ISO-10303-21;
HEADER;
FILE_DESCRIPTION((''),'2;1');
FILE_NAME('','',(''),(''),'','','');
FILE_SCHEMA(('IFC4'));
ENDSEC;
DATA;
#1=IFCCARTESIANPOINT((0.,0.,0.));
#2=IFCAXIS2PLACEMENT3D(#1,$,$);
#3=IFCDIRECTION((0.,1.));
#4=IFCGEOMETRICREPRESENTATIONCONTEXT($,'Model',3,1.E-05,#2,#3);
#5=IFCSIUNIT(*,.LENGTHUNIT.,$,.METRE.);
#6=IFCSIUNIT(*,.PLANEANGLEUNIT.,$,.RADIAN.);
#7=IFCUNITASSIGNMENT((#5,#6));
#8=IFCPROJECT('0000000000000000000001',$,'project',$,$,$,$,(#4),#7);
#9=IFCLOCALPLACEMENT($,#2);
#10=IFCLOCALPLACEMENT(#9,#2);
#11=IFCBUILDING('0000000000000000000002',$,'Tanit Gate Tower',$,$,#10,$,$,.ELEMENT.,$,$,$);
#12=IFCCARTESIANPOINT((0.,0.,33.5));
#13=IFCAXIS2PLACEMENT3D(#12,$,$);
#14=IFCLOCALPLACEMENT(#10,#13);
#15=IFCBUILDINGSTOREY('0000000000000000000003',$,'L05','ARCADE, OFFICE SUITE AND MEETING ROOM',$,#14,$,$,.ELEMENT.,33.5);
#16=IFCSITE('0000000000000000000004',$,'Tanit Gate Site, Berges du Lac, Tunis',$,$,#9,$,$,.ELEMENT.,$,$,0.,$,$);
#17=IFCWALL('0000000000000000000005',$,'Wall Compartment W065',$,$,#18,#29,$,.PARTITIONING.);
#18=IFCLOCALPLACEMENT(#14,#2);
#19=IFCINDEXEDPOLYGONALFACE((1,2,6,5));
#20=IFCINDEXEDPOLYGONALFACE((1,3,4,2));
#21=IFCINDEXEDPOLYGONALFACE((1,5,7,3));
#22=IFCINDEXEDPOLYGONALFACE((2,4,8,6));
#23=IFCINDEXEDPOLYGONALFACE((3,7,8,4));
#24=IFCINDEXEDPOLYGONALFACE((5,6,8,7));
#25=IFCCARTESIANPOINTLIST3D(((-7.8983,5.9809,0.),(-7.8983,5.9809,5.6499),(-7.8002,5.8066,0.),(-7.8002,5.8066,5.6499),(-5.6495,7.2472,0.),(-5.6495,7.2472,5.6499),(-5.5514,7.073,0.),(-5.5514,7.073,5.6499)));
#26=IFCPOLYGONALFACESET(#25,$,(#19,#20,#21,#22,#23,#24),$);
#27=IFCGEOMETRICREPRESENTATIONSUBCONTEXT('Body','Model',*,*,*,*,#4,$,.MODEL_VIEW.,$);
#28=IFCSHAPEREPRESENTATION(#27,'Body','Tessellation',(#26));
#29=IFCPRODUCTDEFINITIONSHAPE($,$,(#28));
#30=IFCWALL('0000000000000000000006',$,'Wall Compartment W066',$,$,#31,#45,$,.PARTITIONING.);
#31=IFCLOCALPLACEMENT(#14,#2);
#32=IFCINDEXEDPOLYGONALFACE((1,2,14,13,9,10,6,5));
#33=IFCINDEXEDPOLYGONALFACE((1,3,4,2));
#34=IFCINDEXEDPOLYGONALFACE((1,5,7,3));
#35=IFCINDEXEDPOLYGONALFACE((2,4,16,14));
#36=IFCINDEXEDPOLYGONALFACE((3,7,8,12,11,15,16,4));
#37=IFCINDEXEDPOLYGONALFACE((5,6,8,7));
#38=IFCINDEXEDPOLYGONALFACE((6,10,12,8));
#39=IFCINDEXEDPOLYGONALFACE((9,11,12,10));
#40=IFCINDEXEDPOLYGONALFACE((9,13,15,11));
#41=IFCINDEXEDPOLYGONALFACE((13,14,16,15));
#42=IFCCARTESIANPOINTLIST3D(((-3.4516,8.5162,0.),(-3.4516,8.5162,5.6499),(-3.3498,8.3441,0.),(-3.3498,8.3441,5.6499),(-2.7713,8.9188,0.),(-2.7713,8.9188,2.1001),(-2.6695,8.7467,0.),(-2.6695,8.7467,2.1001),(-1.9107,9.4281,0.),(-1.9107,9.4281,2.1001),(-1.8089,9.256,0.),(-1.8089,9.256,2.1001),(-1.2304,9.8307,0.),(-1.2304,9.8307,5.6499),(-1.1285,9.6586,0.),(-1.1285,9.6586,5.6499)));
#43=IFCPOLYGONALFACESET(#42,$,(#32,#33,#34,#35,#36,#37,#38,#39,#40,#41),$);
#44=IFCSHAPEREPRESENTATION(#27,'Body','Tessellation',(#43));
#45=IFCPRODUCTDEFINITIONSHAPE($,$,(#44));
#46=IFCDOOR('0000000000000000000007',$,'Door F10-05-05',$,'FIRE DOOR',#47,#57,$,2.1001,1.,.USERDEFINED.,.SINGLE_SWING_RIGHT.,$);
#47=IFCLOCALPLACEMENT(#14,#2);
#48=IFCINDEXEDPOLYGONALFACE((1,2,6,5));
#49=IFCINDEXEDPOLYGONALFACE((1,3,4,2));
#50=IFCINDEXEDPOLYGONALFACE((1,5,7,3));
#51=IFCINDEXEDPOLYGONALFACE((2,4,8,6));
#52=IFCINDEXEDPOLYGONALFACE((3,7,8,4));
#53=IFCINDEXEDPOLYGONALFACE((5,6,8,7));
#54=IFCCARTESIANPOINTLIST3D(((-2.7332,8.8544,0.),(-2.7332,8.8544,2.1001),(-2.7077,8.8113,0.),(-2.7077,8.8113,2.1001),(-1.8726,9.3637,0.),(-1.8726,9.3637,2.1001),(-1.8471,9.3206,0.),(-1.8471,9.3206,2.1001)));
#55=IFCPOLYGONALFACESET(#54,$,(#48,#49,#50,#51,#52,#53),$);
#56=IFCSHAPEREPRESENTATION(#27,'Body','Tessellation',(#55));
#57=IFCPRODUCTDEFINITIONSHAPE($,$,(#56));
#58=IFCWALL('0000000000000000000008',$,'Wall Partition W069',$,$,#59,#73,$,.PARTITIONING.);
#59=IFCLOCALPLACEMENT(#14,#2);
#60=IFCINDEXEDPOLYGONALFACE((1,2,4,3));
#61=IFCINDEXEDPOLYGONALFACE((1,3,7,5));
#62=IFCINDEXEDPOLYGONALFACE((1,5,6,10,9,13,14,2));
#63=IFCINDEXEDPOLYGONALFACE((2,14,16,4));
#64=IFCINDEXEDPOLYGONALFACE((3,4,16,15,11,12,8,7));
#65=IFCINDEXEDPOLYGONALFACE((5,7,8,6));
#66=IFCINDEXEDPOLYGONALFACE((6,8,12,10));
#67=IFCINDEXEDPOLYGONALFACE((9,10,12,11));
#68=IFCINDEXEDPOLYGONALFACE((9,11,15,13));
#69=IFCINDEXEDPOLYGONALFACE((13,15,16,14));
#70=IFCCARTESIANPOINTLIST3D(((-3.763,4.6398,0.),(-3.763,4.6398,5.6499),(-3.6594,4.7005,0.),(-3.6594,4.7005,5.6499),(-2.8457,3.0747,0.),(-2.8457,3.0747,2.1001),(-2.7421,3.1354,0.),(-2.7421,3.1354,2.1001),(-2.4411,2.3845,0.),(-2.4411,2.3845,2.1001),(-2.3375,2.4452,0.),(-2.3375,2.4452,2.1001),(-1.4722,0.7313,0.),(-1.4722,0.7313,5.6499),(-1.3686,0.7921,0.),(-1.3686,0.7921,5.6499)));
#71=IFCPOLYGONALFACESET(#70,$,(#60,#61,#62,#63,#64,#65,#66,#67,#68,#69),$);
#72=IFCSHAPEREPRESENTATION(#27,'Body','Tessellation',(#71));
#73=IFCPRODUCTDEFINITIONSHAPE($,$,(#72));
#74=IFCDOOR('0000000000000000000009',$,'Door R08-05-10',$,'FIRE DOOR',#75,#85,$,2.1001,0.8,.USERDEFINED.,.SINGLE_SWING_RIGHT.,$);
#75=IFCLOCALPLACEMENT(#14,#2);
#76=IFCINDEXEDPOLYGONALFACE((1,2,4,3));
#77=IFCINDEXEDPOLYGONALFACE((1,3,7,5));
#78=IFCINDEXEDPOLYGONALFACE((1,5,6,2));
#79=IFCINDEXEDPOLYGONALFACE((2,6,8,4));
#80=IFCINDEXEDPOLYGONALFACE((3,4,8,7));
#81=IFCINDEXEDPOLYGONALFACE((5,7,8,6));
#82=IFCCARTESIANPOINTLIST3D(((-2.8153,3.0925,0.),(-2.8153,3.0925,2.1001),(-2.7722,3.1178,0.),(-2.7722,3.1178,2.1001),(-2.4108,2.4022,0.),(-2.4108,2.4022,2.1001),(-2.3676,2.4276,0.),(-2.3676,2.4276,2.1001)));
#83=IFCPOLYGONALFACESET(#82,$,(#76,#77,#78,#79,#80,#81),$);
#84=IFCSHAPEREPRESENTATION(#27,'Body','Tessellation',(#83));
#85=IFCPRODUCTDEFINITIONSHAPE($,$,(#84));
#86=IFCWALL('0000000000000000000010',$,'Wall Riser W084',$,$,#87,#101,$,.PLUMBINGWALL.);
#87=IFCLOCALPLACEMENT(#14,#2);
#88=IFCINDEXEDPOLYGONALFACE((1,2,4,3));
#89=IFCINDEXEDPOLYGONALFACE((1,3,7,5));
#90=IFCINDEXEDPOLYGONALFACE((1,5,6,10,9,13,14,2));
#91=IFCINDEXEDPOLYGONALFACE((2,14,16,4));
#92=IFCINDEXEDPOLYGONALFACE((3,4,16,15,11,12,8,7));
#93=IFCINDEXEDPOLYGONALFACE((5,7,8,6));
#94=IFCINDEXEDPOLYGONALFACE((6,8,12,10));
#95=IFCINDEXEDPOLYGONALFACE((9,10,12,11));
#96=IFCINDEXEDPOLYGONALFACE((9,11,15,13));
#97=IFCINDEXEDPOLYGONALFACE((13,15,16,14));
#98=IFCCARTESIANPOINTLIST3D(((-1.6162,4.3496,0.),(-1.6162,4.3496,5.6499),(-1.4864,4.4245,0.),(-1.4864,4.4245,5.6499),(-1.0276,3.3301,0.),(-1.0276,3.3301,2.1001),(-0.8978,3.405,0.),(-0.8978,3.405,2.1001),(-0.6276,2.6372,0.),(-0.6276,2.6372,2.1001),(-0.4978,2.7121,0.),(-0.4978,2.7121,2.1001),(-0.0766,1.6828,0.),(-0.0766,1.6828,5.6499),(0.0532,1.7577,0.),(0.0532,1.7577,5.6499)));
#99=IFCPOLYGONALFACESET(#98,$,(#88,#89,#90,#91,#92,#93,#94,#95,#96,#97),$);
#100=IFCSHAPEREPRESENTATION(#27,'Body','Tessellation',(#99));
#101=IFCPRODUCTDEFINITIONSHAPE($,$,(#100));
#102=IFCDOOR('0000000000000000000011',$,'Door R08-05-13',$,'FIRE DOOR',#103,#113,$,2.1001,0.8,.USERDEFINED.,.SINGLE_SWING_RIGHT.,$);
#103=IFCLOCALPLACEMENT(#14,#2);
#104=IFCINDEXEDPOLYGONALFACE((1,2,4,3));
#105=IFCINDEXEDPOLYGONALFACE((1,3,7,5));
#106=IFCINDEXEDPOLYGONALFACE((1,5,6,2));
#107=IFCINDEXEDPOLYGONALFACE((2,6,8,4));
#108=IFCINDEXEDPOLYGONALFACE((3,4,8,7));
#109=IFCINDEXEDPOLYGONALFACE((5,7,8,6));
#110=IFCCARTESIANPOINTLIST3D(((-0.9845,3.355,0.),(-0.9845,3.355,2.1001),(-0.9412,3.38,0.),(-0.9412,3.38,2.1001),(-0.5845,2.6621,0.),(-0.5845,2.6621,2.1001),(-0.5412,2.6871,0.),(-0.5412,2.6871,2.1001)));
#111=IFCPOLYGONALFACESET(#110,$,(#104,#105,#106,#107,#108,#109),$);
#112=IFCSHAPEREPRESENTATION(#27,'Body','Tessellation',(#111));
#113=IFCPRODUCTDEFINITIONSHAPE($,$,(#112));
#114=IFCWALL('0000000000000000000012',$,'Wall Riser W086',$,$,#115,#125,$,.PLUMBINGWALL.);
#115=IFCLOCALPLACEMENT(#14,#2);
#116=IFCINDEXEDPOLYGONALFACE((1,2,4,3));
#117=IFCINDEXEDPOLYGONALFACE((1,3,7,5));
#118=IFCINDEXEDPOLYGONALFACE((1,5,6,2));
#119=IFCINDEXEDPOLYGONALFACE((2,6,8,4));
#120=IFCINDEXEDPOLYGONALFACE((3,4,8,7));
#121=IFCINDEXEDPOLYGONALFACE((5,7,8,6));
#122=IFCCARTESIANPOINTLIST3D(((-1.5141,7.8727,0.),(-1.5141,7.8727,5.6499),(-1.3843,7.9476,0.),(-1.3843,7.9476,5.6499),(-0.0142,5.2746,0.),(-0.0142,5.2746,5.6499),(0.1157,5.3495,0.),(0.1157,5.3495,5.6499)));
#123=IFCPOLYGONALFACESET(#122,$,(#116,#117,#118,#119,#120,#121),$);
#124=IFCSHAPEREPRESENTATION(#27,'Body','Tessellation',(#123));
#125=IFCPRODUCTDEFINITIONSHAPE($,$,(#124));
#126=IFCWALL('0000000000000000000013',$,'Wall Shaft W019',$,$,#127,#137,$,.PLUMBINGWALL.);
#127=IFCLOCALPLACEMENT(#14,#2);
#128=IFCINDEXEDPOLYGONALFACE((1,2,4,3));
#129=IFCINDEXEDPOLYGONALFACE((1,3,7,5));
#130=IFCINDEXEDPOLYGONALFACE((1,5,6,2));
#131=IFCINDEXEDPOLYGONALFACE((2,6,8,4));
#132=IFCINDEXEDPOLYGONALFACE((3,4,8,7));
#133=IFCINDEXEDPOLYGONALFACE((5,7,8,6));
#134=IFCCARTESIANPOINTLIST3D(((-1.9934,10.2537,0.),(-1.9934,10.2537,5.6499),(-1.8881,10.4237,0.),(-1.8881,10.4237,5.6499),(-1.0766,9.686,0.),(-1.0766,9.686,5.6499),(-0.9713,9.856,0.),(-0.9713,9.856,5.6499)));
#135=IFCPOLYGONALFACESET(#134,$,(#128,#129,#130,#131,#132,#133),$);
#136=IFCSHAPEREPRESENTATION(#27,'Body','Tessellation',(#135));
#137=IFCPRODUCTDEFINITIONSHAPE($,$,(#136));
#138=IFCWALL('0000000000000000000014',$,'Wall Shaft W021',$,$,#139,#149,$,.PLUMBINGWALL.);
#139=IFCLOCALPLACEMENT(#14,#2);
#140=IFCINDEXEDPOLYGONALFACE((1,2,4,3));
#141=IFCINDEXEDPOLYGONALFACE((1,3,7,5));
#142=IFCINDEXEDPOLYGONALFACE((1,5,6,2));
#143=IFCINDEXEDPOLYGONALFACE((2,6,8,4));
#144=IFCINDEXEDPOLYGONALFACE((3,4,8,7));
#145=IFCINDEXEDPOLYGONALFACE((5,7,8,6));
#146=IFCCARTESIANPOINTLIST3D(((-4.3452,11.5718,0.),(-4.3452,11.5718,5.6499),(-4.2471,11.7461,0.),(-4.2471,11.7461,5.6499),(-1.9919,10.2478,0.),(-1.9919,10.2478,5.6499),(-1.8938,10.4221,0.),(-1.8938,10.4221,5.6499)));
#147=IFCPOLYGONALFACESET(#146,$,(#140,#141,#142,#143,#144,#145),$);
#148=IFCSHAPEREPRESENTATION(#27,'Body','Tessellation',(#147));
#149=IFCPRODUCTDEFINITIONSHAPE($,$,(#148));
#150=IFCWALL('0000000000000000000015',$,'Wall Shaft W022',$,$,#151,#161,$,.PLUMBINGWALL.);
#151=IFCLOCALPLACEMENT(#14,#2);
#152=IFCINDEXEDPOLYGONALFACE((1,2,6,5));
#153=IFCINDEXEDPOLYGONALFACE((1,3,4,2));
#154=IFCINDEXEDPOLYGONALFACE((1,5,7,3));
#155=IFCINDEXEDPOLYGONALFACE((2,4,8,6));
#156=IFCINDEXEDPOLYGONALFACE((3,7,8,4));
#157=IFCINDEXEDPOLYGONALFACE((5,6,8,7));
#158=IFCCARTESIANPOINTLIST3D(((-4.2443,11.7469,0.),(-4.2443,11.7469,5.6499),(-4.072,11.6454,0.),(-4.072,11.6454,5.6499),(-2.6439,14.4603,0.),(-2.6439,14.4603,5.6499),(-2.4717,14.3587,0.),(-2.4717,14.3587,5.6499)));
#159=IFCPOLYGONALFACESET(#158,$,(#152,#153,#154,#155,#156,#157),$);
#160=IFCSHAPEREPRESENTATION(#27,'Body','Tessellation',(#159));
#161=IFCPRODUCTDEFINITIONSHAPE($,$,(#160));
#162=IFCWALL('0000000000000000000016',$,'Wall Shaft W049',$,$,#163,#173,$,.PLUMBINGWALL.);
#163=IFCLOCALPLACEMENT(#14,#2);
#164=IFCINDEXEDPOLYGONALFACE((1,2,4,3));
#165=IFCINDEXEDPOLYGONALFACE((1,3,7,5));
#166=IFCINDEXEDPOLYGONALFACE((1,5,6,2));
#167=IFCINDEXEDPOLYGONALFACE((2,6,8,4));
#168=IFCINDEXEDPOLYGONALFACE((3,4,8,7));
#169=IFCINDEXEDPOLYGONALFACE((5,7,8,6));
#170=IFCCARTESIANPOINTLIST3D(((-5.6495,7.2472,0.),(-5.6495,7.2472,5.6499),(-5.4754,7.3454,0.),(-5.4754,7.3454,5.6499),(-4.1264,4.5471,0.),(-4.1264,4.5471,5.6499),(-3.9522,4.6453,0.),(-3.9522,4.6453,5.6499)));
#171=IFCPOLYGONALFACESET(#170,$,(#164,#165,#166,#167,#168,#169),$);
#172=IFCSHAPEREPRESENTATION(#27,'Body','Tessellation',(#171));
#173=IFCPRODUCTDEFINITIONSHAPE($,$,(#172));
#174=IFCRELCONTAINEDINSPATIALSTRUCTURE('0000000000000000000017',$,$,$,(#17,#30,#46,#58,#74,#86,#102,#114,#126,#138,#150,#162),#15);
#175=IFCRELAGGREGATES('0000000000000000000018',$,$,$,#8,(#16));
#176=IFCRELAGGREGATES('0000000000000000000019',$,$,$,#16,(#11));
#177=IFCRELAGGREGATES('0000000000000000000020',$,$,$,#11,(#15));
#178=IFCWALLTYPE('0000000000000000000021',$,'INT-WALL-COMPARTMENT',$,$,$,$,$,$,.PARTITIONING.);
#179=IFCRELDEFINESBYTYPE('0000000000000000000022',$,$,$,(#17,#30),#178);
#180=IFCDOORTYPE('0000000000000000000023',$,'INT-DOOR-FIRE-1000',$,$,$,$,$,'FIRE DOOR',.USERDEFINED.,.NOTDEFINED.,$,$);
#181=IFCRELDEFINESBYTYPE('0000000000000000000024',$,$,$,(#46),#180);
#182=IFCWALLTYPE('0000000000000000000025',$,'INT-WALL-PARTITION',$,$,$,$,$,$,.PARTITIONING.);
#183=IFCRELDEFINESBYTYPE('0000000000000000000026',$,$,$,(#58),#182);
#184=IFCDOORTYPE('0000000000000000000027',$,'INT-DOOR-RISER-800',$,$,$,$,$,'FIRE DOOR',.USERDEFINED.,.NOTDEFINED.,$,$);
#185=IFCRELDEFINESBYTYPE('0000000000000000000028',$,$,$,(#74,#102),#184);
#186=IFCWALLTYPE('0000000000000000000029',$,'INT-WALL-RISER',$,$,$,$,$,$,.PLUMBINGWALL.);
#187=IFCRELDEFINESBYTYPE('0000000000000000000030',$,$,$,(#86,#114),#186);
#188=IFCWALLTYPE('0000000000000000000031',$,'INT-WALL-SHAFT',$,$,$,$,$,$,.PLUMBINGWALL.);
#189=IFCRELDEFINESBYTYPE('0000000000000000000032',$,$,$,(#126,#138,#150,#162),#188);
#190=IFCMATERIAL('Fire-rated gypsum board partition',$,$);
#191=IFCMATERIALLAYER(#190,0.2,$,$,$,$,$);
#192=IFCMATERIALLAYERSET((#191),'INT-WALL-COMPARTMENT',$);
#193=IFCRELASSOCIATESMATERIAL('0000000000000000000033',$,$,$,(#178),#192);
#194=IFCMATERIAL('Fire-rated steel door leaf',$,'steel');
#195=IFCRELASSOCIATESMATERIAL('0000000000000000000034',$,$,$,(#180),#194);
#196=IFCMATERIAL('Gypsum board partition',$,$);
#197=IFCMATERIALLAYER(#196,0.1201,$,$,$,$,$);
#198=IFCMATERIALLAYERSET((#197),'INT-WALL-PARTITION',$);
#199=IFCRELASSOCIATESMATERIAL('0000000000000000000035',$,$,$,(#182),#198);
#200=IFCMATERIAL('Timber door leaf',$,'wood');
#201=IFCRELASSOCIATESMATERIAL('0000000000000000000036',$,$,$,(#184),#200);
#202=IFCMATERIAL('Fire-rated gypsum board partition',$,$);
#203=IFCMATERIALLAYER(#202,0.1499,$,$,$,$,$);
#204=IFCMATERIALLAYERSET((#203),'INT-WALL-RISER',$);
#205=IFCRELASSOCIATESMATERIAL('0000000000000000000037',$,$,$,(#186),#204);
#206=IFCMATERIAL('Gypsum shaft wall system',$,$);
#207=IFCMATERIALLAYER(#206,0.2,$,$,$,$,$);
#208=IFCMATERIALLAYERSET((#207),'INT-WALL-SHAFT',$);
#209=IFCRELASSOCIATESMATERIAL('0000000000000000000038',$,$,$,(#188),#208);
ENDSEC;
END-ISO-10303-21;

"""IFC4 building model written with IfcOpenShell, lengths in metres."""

from ifc_helpers import new_model, si_unit, direction, frame, frame_2d, origin, place, context, subcontext, project, spatial, rectangle, extrude, material, layer, layer_set, type_object, element, fill, save


model = new_model("IFC4")

# Units and contexts
model_context = context("Model", 3, precision=1e-05, world=origin(), true_north=direction((0.0, 1.0)))
body_context = subcontext(model_context, "Body", "Model", "MODEL_VIEW")
ifc_project = project(units=[si_unit("LENGTHUNIT", "METRE"), si_unit("PLANEANGLEUNIT", "RADIAN")], contexts=[model_context])

# Site, building, storey
site_placement = place(None, origin())
site = spatial("IfcSite", under=ifc_project, at=site_placement, Name="Tanit Gate Site, Berges du Lac, Tunis", CompositionType="ELEMENT", RefElevation=0.0)
building_placement = place(site_placement, origin())
building = spatial("IfcBuilding", under=site, at=building_placement, Name="Tanit Gate Tower", CompositionType="ELEMENT")
storey_placement = place(building_placement, frame((0.0, 0.0, 33.5)))
storey = spatial("IfcBuildingStorey", under=building, at=storey_placement, Name="L05", Description="ARCADE, OFFICE SUITE AND MEETING ROOM", CompositionType="ELEMENT", Elevation=33.5)

# Wall
ifc_material_1 = material(Name="Fire-rated gypsum board partition")
ifc_layer_1 = layer(ifc_material_1, 0.2)
ifc_layer_set_1 = layer_set([ifc_layer_1], Name="INT-WALL-COMPARTMENT")
wall_type_1 = type_object("IfcWallType", Name="INT-WALL-COMPARTMENT", PredefinedType="PARTITIONING", material=ifc_layer_set_1)
wall_1_placement = place(storey_placement, frame((-5.6003, 7.1602, 0.0), z_axis=(0.0, 0.0, 1.0), x_axis=(-0.87134, -0.490679, 0.0)))
element("IfcWall", 1, at=wall_1_placement, inside=storey, type_object=wall_type_1, Name="Wall Compartment W065", PredefinedType="PARTITIONING", context=body_context, shape_type="SweptSolid", body=[
    extrude(rectangle(XDim=2.5808, YDim=0.2, at=frame_2d((1.2905, 0.0))), origin(), (0.0, 0.0, 1.0), 5.6499),
])

# Walls, openings, doors
wall_2_placement = place(storey_placement, frame((-1.1794, 9.7446, 0.0), z_axis=(0.0, 0.0, 1.0), x_axis=(-0.860599, -0.509284, 0.0)))
wall_2 = element("IfcWall", 2, at=wall_2_placement, inside=storey, type_object=wall_type_1, Name="Wall Compartment W066", PredefinedType="PARTITIONING", context=body_context, shape_type="SweptSolid", body=[
    extrude(rectangle(XDim=2.5811, YDim=0.2, at=frame_2d((1.2905, 0.0))), origin(), (0.0, 0.0, 1.0), 5.6499),
])
opening_1_placement = place(wall_2_placement, frame((0.7905, 0.0, 0.0)))
opening_1 = element("IfcOpeningElement", 3, at=opening_1_placement, cuts=wall_2, PredefinedType="OPENING", context=body_context, shape_type="SweptSolid", body=[
    extrude(rectangle(XDim=1.0, YDim=2.1001, at=frame_2d((0.5, 1.05))), frame((0.0, 0.1099, 0.0), z_axis=(0.0, -1.0, 0.0), x_axis=(1.0, 0.0, 0.0)), (0.0, 0.0, 1.0), 0.22),
])
ifc_material_2 = material(Name="Fire-rated steel door leaf", Category="steel")
door_type_1 = type_object("IfcDoorType", Name="INT-DOOR-FIRE-1000", ElementType="FIRE DOOR", OperationType="NOTDEFINED", PredefinedType="USERDEFINED", material=ifc_material_2)
door_1_placement = place(opening_1_placement, origin())
door_1 = element("IfcDoor", 4, at=door_1_placement, inside=storey, type_object=door_type_1, Name="Door F10-05-05", ObjectType="FIRE DOOR", OperationType="SINGLE_SWING_RIGHT", OverallHeight=2.1001, OverallWidth=1.0, PredefinedType="USERDEFINED", context=body_context, shape_type="SweptSolid", body=[
    extrude(rectangle(XDim=1.0, YDim=2.1001, at=frame_2d((0.5, 1.05))), frame((0.0, 0.0249, 0.0), z_axis=(0.0, -1.0, 0.0), x_axis=(1.0, 0.0, 0.0)), (0.0, 0.0, 1.0), 0.05),
])
fill(opening_1, door_1)
ifc_material_3 = material(Name="Gypsum board partition")
ifc_layer_2 = layer(ifc_material_3, 0.1201)
ifc_layer_set_2 = layer_set([ifc_layer_2], Name="INT-WALL-PARTITION")
wall_type_2 = type_object("IfcWallType", Name="INT-WALL-PARTITION", PredefinedType="PARTITIONING", material=ifc_layer_set_2)
wall_3_placement = place(storey_placement, frame((-1.4204, 0.7617, 0.0), z_axis=(0.0, 0.0, 1.0), x_axis=(-0.505656, 0.862735, 0.0)))
wall_3 = element("IfcWall", 5, at=wall_3_placement, inside=storey, type_object=wall_type_2, Name="Wall Partition W069", PredefinedType="PARTITIONING", context=body_context, shape_type="SweptSolid", body=[
    extrude(rectangle(XDim=4.5303, YDim=0.1201, at=frame_2d((2.2651, 0.0))), origin(), (0.0, 0.0, 1.0), 5.6499),
])
opening_2_placement = place(wall_3_placement, frame((1.9163, 0.0, 0.0)))
opening_2 = element("IfcOpeningElement", 6, at=opening_2_placement, cuts=wall_3, PredefinedType="OPENING", context=body_context, shape_type="SweptSolid", body=[
    extrude(rectangle(XDim=0.8, YDim=2.1001, at=frame_2d((0.3999, 1.05))), frame((0.0, 0.0701, 0.0), z_axis=(0.0, -1.0, 0.0), x_axis=(1.0, 0.0, 0.0)), (0.0, 0.0, 1.0), 0.1401),
])
ifc_material_4 = material(Name="Timber door leaf", Category="wood")
door_type_2 = type_object("IfcDoorType", Name="INT-DOOR-RISER-800", ElementType="FIRE DOOR", OperationType="NOTDEFINED", PredefinedType="USERDEFINED", material=ifc_material_4)
door_2_placement = place(opening_2_placement, origin())
door_2 = element("IfcDoor", 7, at=door_2_placement, inside=storey, type_object=door_type_2, Name="Door R08-05-10", ObjectType="FIRE DOOR", OperationType="SINGLE_SWING_RIGHT", OverallHeight=2.1001, OverallWidth=0.8, PredefinedType="USERDEFINED", context=body_context, shape_type="SweptSolid", body=[
    extrude(rectangle(XDim=0.8, YDim=2.1001, at=frame_2d((0.3999, 1.05))), frame((0.0, 0.0249, 0.0), z_axis=(0.0, -1.0, 0.0), x_axis=(1.0, 0.0, 0.0)), (0.0, 0.0, 1.0), 0.05),
])
fill(opening_2, door_2)
ifc_material_5 = material(Name="Fire-rated gypsum board partition")
ifc_layer_3 = layer(ifc_material_5, 0.1499)
ifc_layer_set_3 = layer_set([ifc_layer_3], Name="INT-WALL-RISER")
wall_type_3 = type_object("IfcWallType", Name="INT-WALL-RISER", PredefinedType="PLUMBINGWALL", material=ifc_layer_set_3)
wall_4_placement = place(storey_placement, frame((-1.5513, 4.387, 0.0), z_axis=(0.0, 0.0, 1.0), x_axis=(0.499976, -0.866039, 0.0)))
wall_4 = element("IfcWall", 8, at=wall_4_placement, inside=storey, type_object=wall_type_3, Name="Wall Riser W084", PredefinedType="PLUMBINGWALL", context=body_context, shape_type="SweptSolid", body=[
    extrude(rectangle(XDim=3.0793, YDim=0.1499, at=frame_2d((1.5396, 0.0))), origin(), (0.0, 0.0, 1.0), 5.6499),
])
opening_3_placement = place(wall_4_placement, frame((1.1772, 0.0, 0.0)))
opening_3 = element("IfcOpeningElement", 9, at=opening_3_placement, cuts=wall_4, PredefinedType="OPENING", context=body_context, shape_type="SweptSolid", body=[
    extrude(rectangle(XDim=0.8, YDim=2.1001, at=frame_2d((0.3999, 1.05))), frame((0.0, 0.085, 0.0), z_axis=(0.0, -1.0, 0.0), x_axis=(1.0, 0.0, 0.0)), (0.0, 0.0, 1.0), 0.1699),
])
door_3_placement = place(opening_3_placement, origin())
door_3 = element("IfcDoor", 10, at=door_3_placement, inside=storey, type_object=door_type_2, Name="Door R08-05-13", ObjectType="FIRE DOOR", OperationType="SINGLE_SWING_RIGHT", OverallHeight=2.1001, OverallWidth=0.8, PredefinedType="USERDEFINED", context=body_context, shape_type="SweptSolid", body=[
    extrude(rectangle(XDim=0.8, YDim=2.1001, at=frame_2d((0.3999, 1.05))), frame((0.0, 0.0249, 0.0), z_axis=(0.0, -1.0, 0.0), x_axis=(1.0, 0.0, 0.0)), (0.0, 0.0, 1.0), 0.05),
])
fill(opening_3, door_3)

# Walls
wall_5_placement = place(storey_placement, frame((-1.4492, 7.9102, 0.0), z_axis=(0.0, 0.0, 1.0), x_axis=(0.49999, -0.866031, 0.0)))
element("IfcWall", 11, at=wall_5_placement, inside=storey, type_object=wall_type_3, Name="Wall Riser W086", PredefinedType="PLUMBINGWALL", context=body_context, shape_type="SweptSolid", body=[
    extrude(rectangle(XDim=3.0, YDim=0.1499, at=frame_2d((1.5, 0.0))), origin(), (0.0, 0.0, 1.0), 5.6499),
])
ifc_material_6 = material(Name="Gypsum shaft wall system")
ifc_layer_4 = layer(ifc_material_6, 0.2)
ifc_layer_set_4 = layer_set([ifc_layer_4], Name="INT-WALL-SHAFT")
wall_type_4 = type_object("IfcWallType", Name="INT-WALL-SHAFT", PredefinedType="PLUMBINGWALL", material=ifc_layer_set_4)
wall_6_placement = place(storey_placement, frame((-1.9407, 10.3386, 0.0), z_axis=(0.0, 0.0, 1.0), x_axis=(0.850217, -0.526433, 0.0)))
element("IfcWall", 12, at=wall_6_placement, inside=storey, type_object=wall_type_4, Name="Wall Shaft W019", PredefinedType="PLUMBINGWALL", context=body_context, shape_type="SweptSolid", body=[
    extrude(rectangle(XDim=1.0784, YDim=0.2, at=frame_2d((0.5391, 0.0))), origin(), (0.0, 0.0, 1.0), 5.6499),
])
wall_7_placement = place(storey_placement, frame((-4.2961, 11.6589, 0.0), z_axis=(0.0, 0.0, 1.0), x_axis=(0.871534, -0.490334, 0.0)))
element("IfcWall", 13, at=wall_7_placement, inside=storey, type_object=wall_type_4, Name="Wall Shaft W021", PredefinedType="PLUMBINGWALL", context=body_context, shape_type="SweptSolid", body=[
    extrude(rectangle(XDim=2.7002, YDim=0.2, at=frame_2d((1.3501, 0.0))), origin(), (0.0, 0.0, 1.0), 5.6499),
])
wall_8_placement = place(storey_placement, frame((-4.1582, 11.696, 0.0), z_axis=(0.0, 0.0, 1.0), x_axis=(0.508019, 0.861346, 0.0)))
element("IfcWall", 14, at=wall_8_placement, inside=storey, type_object=wall_type_4, Name="Wall Shaft W022", PredefinedType="PLUMBINGWALL", context=body_context, shape_type="SweptSolid", body=[
    extrude(rectangle(XDim=3.1501, YDim=0.2, at=frame_2d((1.5752, 0.0))), origin(), (0.0, 0.0, 1.0), 5.6499),
])

# Wall
wall_9_placement = place(storey_placement, frame((-4.0393, 4.5962, 0.0), z_axis=(0.0, 0.0, 1.0), x_axis=(-0.491323, 0.870978, 0.0)))
element("IfcWall", 15, at=wall_9_placement, inside=storey, type_object=wall_type_4, Name="Wall Shaft W049", PredefinedType="PLUMBINGWALL", context=body_context, shape_type="SweptSolid", body=[
    extrude(rectangle(XDim=3.1001, YDim=0.2, at=frame_2d((1.55, 0.0))), origin(), (0.0, 0.0, 1.0), 5.6499),
])

save(model, "model.ifc")
